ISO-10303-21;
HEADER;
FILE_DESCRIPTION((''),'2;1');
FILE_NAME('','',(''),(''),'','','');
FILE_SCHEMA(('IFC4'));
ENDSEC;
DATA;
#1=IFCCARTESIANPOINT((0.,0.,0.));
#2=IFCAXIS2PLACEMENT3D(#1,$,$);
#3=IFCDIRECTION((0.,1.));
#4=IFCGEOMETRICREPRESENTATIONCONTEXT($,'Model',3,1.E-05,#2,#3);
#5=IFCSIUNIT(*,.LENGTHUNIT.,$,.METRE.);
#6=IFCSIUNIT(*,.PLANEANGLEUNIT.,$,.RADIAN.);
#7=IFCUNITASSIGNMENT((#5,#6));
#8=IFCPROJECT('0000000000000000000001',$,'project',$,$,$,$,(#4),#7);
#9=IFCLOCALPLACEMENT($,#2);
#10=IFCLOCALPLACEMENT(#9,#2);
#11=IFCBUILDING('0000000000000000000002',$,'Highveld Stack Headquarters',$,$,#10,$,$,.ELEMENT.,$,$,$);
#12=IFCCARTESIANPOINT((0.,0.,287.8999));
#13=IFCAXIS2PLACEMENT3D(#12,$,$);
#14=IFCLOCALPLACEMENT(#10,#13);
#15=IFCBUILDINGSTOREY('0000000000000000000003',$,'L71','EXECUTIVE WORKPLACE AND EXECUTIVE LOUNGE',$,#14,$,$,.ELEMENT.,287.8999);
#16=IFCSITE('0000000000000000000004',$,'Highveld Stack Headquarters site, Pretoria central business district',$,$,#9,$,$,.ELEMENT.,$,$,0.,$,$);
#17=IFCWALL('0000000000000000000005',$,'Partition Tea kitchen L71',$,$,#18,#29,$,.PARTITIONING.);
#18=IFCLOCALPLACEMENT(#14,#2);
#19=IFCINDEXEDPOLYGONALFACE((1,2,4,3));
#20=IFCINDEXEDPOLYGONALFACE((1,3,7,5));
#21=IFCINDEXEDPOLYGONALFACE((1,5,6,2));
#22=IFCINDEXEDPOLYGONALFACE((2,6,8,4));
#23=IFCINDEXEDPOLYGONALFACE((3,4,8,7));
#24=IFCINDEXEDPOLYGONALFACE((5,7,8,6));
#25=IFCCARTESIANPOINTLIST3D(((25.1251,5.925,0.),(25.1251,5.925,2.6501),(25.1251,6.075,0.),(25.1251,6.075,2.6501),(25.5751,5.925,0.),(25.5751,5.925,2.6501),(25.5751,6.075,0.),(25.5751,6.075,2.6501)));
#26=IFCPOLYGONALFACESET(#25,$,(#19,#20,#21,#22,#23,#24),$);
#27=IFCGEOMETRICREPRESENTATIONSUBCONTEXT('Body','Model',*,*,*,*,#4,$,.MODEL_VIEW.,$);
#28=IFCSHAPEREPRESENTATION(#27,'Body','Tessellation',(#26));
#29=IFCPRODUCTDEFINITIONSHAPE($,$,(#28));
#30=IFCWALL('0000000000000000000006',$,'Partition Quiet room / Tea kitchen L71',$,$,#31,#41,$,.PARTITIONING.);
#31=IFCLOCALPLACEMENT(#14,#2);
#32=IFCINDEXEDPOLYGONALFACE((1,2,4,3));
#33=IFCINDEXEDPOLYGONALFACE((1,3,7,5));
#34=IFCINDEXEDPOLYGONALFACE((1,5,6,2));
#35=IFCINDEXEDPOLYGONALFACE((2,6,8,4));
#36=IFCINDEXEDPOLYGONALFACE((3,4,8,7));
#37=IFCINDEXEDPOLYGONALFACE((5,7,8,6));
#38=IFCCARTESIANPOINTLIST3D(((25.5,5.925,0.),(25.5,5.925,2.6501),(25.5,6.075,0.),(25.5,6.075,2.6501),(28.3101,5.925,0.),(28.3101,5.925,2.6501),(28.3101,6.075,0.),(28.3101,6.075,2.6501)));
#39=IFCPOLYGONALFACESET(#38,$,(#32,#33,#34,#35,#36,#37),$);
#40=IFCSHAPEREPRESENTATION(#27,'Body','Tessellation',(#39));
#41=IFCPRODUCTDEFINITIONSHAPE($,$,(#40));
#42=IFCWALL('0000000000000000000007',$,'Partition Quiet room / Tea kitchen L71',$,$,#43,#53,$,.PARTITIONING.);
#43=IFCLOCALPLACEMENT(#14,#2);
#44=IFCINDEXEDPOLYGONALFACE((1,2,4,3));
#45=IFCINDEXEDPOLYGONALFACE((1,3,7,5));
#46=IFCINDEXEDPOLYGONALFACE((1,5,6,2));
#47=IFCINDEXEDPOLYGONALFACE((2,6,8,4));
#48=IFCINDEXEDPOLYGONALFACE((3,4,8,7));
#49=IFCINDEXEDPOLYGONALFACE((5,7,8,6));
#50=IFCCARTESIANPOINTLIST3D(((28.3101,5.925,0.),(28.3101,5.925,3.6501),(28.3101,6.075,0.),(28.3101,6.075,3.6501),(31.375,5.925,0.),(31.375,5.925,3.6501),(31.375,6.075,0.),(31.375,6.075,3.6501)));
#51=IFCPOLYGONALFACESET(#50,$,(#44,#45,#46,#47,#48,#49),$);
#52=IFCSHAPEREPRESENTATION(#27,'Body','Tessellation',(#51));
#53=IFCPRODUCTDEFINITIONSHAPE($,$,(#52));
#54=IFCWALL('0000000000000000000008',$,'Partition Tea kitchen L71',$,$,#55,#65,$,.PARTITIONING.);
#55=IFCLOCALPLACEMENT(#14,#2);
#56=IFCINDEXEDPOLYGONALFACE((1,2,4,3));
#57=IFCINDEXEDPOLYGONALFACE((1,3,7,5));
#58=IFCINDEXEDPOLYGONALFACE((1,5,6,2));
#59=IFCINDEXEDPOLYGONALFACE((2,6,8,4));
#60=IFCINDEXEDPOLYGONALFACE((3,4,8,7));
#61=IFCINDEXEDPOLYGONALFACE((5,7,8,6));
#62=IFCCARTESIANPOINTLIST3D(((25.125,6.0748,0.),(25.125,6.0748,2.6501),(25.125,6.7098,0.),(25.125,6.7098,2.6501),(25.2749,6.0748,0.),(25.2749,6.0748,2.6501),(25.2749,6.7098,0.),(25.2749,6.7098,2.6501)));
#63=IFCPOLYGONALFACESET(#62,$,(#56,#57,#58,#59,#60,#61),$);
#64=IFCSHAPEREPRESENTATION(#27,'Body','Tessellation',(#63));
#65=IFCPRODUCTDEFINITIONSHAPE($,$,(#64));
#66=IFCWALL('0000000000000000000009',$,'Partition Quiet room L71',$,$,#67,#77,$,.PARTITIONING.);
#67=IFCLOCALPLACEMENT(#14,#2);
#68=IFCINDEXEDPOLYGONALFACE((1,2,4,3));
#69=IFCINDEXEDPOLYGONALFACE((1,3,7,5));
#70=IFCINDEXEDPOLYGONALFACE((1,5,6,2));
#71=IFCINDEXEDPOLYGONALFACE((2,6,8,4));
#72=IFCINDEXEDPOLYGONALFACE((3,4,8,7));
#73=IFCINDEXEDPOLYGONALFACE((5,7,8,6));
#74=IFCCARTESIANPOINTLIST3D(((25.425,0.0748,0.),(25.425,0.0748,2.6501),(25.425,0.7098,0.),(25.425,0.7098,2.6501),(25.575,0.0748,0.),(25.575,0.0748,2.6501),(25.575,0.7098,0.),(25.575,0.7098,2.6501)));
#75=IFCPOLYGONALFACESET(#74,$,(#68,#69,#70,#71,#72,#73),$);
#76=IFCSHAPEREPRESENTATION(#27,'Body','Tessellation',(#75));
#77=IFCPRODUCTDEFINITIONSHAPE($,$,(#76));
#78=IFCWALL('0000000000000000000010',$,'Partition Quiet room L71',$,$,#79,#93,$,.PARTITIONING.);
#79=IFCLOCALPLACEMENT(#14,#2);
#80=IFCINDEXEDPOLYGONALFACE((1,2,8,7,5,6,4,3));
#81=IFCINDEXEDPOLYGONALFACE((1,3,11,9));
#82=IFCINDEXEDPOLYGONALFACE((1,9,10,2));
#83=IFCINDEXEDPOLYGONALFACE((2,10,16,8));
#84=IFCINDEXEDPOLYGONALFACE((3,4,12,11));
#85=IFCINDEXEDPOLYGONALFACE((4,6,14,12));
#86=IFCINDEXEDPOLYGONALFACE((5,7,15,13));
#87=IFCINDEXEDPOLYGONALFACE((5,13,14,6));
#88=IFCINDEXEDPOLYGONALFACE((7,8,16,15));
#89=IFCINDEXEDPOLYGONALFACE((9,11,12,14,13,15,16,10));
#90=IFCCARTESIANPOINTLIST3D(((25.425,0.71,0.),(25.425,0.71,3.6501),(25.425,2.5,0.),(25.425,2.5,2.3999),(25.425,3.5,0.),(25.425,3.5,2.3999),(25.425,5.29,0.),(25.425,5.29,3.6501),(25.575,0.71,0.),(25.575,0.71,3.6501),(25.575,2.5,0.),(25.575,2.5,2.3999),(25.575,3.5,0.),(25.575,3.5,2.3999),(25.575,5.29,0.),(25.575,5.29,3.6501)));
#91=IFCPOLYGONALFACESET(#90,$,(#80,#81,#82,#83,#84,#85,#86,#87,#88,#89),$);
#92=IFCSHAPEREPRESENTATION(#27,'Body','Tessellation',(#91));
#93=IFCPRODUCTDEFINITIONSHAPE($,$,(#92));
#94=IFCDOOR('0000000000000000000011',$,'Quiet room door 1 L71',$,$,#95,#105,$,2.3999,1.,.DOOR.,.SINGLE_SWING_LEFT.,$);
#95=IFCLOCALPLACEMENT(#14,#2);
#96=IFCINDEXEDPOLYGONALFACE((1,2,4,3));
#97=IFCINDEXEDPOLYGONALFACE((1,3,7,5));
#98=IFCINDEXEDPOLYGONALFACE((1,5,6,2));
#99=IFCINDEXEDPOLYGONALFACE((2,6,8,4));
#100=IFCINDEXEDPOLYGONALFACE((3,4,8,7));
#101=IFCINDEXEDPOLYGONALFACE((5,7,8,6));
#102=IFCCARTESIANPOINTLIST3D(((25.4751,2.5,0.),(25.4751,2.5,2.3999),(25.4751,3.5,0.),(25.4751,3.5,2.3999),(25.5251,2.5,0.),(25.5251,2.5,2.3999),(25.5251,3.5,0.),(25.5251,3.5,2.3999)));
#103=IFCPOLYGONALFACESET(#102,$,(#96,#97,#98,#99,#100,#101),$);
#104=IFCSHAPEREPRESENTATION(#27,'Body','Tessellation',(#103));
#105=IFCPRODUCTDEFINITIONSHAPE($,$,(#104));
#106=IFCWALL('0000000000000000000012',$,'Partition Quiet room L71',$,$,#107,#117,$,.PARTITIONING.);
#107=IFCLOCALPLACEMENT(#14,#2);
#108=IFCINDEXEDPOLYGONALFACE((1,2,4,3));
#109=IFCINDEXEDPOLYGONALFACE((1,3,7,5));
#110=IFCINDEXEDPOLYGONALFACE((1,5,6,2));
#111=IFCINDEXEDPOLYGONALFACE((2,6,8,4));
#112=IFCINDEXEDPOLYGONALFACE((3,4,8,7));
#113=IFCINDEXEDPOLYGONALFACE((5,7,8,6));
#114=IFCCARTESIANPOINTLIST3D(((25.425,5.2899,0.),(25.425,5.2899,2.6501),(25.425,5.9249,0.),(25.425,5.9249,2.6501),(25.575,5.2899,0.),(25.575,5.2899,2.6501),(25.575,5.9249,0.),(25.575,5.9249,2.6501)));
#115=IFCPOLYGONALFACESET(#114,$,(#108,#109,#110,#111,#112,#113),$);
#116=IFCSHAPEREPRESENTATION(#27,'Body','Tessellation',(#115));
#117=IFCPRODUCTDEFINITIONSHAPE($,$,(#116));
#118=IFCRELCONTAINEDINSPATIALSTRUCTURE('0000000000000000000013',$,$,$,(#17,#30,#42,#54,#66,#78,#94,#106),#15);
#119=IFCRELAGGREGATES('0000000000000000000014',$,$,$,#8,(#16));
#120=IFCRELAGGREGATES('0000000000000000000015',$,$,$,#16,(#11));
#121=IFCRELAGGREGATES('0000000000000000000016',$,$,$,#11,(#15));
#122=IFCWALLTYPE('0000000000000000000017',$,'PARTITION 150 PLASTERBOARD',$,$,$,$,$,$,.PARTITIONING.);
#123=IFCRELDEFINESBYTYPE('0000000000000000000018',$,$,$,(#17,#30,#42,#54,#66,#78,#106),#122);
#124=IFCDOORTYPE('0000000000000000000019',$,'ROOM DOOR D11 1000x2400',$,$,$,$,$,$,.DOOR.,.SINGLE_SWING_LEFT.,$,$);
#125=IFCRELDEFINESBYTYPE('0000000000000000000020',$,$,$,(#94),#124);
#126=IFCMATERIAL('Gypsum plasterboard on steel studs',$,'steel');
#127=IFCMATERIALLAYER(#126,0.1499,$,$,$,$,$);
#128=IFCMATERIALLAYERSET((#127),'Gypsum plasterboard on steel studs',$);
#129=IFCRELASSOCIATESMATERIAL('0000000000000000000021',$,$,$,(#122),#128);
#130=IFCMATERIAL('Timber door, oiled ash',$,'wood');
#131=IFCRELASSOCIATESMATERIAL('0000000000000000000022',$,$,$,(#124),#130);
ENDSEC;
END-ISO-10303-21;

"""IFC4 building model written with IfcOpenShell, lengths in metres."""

from ifc_helpers import new_model, si_unit, direction, frame, frame_2d, origin, place, context, subcontext, project, spatial, rectangle, extrude, material, layer, layer_set, type_object, element, fill, save


model = new_model("IFC4")

# Units and contexts
model_context = context("Model", 3, precision=1e-05, world=origin(), true_north=direction((0.0, 1.0)))
body_context = subcontext(model_context, "Body", "Model", "MODEL_VIEW")
ifc_project = project(units=[si_unit("LENGTHUNIT", "METRE"), si_unit("PLANEANGLEUNIT", "RADIAN")], contexts=[model_context])

# Site, building, storey
site_placement = place(None, origin())
site = spatial("IfcSite", under=ifc_project, at=site_placement, Name="Highveld Stack Headquarters site, Pretoria central business district", CompositionType="ELEMENT", RefElevation=0.0)
building_placement = place(site_placement, origin())
building = spatial("IfcBuilding", under=site, at=building_placement, Name="Highveld Stack Headquarters", CompositionType="ELEMENT")
storey_placement = place(building_placement, frame((0.0, 0.0, 287.8999)))
storey = spatial("IfcBuildingStorey", under=building, at=storey_placement, Name="L71", Description="EXECUTIVE WORKPLACE AND EXECUTIVE LOUNGE", CompositionType="ELEMENT", Elevation=287.8999)

# Walls
ifc_material_1 = material(Name="Gypsum plasterboard on steel studs", Category="steel")
ifc_layer_1 = layer(ifc_material_1, 0.1499)
ifc_layer_set_1 = layer_set([ifc_layer_1], Name="Gypsum plasterboard on steel studs")
wall_type = type_object("IfcWallType", Name="PARTITION 150 PLASTERBOARD", PredefinedType="PARTITIONING", material=ifc_layer_set_1)
wall_1_placement = place(storey_placement, frame((25.125, 6.0, 0.0), z_axis=(0.0, 0.0, 1.0), x_axis=(1.0, 0.0, 0.0)))
element("IfcWall", 1, at=wall_1_placement, inside=storey, type_object=wall_type, Name="Partition Tea kitchen L71", PredefinedType="PARTITIONING", context=body_context, shape_type="SweptSolid", body=[
    extrude(rectangle(XDim=0.45, YDim=0.1499, at=frame_2d((0.2251, 0.0))), origin(), (0.0, 0.0, 1.0), 2.6501),
])
wall_2_placement = place(storey_placement, frame((25.5, 6.0, 0.0), z_axis=(0.0, 0.0, 1.0), x_axis=(1.0, 0.0, 0.0)))
element("IfcWall", 2, at=wall_2_placement, inside=storey, type_object=wall_type, Name="Partition Quiet room / Tea kitchen L71", PredefinedType="PARTITIONING", context=body_context, shape_type="SweptSolid", body=[
    extrude(rectangle(XDim=2.8101, YDim=0.1499, at=frame_2d((1.405, 0.0))), origin(), (0.0, 0.0, 1.0), 2.6501),
])
wall_3_placement = place(storey_placement, frame((28.3101, 6.0, 0.0), z_axis=(0.0, 0.0, 1.0), x_axis=(1.0, 0.0, 0.0)))
element("IfcWall", 3, at=wall_3_placement, inside=storey, type_object=wall_type, Name="Partition Quiet room / Tea kitchen L71", PredefinedType="PARTITIONING", context=body_context, shape_type="SweptSolid", body=[
    extrude(rectangle(XDim=3.0649, YDim=0.1499, at=frame_2d((1.5325, 0.0))), origin(), (0.0, 0.0, 1.0), 3.6501),
])
for number, where, z_axis, x_axis, name in (
    (4, (25.2, 6.075, 0.0), (0.0, 0.0, 1.0), (0.0, 1.0, 0.0), "Partition Tea kitchen L71"),
    (5, (25.5, 0.075, 0.0), (0.0, 0.0, 1.0), (0.0, 1.0, 0.0), "Partition Quiet room L71"),
):
    element("IfcWall", number, at=place(storey_placement, frame(where, z_axis=z_axis, x_axis=x_axis)), inside=storey, type_object=wall_type, Name=name, PredefinedType="PARTITIONING", context=body_context, shape_type="SweptSolid", body=[
        extrude(rectangle(XDim=0.635, YDim=0.1499, at=frame_2d((0.3174, 0.0))), origin(), (0.0, 0.0, 1.0), 2.6501),
    ])

# Wall, opening, door
wall_4_placement = place(storey_placement, frame((25.5, 0.71, 0.0), z_axis=(0.0, 0.0, 1.0), x_axis=(0.0, 1.0, 0.0)))
wall_4 = element("IfcWall", 6, at=wall_4_placement, inside=storey, type_object=wall_type, Name="Partition Quiet room L71", PredefinedType="PARTITIONING", context=body_context, shape_type="SweptSolid", body=[
    extrude(rectangle(XDim=4.5801, YDim=0.1499, at=frame_2d((2.29, 0.0))), origin(), (0.0, 0.0, 1.0), 3.6501),
])
opening_placement = place(wall_4_placement, frame((1.79, 0.0, 0.0)))
opening = element("IfcOpeningElement", 7, at=opening_placement, cuts=wall_4, PredefinedType="OPENING", context=body_context, shape_type="SweptSolid", body=[
    extrude(rectangle(XDim=1.0, YDim=2.3999, at=frame_2d((0.5, 1.2))), frame((0.0, 0.085, 0.0), z_axis=(0.0, -1.0, 0.0), x_axis=(1.0, 0.0, 0.0)), (0.0, 0.0, 1.0), 0.1699),
])
ifc_material_2 = material(Name="Timber door, oiled ash", Category="wood")
door_type = type_object("IfcDoorType", Name="ROOM DOOR D11 1000x2400", OperationType="SINGLE_SWING_LEFT", PredefinedType="DOOR", material=ifc_material_2)
door_placement = place(opening_placement, origin())
door = element("IfcDoor", 8, at=door_placement, inside=storey, type_object=door_type, Name="Quiet room door 1 L71", OperationType="SINGLE_SWING_LEFT", OverallHeight=2.3999, OverallWidth=1.0, PredefinedType="DOOR", context=body_context, shape_type="SweptSolid", body=[
    extrude(rectangle(XDim=1.0, YDim=2.3999, at=frame_2d((0.5, 1.2))), frame((0.0, 0.0249, 0.0), z_axis=(0.0, -1.0, 0.0), x_axis=(1.0, 0.0, 0.0)), (0.0, 0.0, 1.0), 0.05),
])
fill(opening, door)

# Wall
wall_5_placement = place(storey_placement, frame((25.5, 5.29, 0.0), z_axis=(0.0, 0.0, 1.0), x_axis=(0.0, 1.0, 0.0)))
element("IfcWall", 9, at=wall_5_placement, inside=storey, type_object=wall_type, Name="Partition Quiet room L71", PredefinedType="PARTITIONING", context=body_context, shape_type="SweptSolid", body=[
    extrude(rectangle(XDim=0.635, YDim=0.1499, at=frame_2d((0.3174, 0.0))), origin(), (0.0, 0.0, 1.0), 2.6501),
])

save(model, "model.ifc")
